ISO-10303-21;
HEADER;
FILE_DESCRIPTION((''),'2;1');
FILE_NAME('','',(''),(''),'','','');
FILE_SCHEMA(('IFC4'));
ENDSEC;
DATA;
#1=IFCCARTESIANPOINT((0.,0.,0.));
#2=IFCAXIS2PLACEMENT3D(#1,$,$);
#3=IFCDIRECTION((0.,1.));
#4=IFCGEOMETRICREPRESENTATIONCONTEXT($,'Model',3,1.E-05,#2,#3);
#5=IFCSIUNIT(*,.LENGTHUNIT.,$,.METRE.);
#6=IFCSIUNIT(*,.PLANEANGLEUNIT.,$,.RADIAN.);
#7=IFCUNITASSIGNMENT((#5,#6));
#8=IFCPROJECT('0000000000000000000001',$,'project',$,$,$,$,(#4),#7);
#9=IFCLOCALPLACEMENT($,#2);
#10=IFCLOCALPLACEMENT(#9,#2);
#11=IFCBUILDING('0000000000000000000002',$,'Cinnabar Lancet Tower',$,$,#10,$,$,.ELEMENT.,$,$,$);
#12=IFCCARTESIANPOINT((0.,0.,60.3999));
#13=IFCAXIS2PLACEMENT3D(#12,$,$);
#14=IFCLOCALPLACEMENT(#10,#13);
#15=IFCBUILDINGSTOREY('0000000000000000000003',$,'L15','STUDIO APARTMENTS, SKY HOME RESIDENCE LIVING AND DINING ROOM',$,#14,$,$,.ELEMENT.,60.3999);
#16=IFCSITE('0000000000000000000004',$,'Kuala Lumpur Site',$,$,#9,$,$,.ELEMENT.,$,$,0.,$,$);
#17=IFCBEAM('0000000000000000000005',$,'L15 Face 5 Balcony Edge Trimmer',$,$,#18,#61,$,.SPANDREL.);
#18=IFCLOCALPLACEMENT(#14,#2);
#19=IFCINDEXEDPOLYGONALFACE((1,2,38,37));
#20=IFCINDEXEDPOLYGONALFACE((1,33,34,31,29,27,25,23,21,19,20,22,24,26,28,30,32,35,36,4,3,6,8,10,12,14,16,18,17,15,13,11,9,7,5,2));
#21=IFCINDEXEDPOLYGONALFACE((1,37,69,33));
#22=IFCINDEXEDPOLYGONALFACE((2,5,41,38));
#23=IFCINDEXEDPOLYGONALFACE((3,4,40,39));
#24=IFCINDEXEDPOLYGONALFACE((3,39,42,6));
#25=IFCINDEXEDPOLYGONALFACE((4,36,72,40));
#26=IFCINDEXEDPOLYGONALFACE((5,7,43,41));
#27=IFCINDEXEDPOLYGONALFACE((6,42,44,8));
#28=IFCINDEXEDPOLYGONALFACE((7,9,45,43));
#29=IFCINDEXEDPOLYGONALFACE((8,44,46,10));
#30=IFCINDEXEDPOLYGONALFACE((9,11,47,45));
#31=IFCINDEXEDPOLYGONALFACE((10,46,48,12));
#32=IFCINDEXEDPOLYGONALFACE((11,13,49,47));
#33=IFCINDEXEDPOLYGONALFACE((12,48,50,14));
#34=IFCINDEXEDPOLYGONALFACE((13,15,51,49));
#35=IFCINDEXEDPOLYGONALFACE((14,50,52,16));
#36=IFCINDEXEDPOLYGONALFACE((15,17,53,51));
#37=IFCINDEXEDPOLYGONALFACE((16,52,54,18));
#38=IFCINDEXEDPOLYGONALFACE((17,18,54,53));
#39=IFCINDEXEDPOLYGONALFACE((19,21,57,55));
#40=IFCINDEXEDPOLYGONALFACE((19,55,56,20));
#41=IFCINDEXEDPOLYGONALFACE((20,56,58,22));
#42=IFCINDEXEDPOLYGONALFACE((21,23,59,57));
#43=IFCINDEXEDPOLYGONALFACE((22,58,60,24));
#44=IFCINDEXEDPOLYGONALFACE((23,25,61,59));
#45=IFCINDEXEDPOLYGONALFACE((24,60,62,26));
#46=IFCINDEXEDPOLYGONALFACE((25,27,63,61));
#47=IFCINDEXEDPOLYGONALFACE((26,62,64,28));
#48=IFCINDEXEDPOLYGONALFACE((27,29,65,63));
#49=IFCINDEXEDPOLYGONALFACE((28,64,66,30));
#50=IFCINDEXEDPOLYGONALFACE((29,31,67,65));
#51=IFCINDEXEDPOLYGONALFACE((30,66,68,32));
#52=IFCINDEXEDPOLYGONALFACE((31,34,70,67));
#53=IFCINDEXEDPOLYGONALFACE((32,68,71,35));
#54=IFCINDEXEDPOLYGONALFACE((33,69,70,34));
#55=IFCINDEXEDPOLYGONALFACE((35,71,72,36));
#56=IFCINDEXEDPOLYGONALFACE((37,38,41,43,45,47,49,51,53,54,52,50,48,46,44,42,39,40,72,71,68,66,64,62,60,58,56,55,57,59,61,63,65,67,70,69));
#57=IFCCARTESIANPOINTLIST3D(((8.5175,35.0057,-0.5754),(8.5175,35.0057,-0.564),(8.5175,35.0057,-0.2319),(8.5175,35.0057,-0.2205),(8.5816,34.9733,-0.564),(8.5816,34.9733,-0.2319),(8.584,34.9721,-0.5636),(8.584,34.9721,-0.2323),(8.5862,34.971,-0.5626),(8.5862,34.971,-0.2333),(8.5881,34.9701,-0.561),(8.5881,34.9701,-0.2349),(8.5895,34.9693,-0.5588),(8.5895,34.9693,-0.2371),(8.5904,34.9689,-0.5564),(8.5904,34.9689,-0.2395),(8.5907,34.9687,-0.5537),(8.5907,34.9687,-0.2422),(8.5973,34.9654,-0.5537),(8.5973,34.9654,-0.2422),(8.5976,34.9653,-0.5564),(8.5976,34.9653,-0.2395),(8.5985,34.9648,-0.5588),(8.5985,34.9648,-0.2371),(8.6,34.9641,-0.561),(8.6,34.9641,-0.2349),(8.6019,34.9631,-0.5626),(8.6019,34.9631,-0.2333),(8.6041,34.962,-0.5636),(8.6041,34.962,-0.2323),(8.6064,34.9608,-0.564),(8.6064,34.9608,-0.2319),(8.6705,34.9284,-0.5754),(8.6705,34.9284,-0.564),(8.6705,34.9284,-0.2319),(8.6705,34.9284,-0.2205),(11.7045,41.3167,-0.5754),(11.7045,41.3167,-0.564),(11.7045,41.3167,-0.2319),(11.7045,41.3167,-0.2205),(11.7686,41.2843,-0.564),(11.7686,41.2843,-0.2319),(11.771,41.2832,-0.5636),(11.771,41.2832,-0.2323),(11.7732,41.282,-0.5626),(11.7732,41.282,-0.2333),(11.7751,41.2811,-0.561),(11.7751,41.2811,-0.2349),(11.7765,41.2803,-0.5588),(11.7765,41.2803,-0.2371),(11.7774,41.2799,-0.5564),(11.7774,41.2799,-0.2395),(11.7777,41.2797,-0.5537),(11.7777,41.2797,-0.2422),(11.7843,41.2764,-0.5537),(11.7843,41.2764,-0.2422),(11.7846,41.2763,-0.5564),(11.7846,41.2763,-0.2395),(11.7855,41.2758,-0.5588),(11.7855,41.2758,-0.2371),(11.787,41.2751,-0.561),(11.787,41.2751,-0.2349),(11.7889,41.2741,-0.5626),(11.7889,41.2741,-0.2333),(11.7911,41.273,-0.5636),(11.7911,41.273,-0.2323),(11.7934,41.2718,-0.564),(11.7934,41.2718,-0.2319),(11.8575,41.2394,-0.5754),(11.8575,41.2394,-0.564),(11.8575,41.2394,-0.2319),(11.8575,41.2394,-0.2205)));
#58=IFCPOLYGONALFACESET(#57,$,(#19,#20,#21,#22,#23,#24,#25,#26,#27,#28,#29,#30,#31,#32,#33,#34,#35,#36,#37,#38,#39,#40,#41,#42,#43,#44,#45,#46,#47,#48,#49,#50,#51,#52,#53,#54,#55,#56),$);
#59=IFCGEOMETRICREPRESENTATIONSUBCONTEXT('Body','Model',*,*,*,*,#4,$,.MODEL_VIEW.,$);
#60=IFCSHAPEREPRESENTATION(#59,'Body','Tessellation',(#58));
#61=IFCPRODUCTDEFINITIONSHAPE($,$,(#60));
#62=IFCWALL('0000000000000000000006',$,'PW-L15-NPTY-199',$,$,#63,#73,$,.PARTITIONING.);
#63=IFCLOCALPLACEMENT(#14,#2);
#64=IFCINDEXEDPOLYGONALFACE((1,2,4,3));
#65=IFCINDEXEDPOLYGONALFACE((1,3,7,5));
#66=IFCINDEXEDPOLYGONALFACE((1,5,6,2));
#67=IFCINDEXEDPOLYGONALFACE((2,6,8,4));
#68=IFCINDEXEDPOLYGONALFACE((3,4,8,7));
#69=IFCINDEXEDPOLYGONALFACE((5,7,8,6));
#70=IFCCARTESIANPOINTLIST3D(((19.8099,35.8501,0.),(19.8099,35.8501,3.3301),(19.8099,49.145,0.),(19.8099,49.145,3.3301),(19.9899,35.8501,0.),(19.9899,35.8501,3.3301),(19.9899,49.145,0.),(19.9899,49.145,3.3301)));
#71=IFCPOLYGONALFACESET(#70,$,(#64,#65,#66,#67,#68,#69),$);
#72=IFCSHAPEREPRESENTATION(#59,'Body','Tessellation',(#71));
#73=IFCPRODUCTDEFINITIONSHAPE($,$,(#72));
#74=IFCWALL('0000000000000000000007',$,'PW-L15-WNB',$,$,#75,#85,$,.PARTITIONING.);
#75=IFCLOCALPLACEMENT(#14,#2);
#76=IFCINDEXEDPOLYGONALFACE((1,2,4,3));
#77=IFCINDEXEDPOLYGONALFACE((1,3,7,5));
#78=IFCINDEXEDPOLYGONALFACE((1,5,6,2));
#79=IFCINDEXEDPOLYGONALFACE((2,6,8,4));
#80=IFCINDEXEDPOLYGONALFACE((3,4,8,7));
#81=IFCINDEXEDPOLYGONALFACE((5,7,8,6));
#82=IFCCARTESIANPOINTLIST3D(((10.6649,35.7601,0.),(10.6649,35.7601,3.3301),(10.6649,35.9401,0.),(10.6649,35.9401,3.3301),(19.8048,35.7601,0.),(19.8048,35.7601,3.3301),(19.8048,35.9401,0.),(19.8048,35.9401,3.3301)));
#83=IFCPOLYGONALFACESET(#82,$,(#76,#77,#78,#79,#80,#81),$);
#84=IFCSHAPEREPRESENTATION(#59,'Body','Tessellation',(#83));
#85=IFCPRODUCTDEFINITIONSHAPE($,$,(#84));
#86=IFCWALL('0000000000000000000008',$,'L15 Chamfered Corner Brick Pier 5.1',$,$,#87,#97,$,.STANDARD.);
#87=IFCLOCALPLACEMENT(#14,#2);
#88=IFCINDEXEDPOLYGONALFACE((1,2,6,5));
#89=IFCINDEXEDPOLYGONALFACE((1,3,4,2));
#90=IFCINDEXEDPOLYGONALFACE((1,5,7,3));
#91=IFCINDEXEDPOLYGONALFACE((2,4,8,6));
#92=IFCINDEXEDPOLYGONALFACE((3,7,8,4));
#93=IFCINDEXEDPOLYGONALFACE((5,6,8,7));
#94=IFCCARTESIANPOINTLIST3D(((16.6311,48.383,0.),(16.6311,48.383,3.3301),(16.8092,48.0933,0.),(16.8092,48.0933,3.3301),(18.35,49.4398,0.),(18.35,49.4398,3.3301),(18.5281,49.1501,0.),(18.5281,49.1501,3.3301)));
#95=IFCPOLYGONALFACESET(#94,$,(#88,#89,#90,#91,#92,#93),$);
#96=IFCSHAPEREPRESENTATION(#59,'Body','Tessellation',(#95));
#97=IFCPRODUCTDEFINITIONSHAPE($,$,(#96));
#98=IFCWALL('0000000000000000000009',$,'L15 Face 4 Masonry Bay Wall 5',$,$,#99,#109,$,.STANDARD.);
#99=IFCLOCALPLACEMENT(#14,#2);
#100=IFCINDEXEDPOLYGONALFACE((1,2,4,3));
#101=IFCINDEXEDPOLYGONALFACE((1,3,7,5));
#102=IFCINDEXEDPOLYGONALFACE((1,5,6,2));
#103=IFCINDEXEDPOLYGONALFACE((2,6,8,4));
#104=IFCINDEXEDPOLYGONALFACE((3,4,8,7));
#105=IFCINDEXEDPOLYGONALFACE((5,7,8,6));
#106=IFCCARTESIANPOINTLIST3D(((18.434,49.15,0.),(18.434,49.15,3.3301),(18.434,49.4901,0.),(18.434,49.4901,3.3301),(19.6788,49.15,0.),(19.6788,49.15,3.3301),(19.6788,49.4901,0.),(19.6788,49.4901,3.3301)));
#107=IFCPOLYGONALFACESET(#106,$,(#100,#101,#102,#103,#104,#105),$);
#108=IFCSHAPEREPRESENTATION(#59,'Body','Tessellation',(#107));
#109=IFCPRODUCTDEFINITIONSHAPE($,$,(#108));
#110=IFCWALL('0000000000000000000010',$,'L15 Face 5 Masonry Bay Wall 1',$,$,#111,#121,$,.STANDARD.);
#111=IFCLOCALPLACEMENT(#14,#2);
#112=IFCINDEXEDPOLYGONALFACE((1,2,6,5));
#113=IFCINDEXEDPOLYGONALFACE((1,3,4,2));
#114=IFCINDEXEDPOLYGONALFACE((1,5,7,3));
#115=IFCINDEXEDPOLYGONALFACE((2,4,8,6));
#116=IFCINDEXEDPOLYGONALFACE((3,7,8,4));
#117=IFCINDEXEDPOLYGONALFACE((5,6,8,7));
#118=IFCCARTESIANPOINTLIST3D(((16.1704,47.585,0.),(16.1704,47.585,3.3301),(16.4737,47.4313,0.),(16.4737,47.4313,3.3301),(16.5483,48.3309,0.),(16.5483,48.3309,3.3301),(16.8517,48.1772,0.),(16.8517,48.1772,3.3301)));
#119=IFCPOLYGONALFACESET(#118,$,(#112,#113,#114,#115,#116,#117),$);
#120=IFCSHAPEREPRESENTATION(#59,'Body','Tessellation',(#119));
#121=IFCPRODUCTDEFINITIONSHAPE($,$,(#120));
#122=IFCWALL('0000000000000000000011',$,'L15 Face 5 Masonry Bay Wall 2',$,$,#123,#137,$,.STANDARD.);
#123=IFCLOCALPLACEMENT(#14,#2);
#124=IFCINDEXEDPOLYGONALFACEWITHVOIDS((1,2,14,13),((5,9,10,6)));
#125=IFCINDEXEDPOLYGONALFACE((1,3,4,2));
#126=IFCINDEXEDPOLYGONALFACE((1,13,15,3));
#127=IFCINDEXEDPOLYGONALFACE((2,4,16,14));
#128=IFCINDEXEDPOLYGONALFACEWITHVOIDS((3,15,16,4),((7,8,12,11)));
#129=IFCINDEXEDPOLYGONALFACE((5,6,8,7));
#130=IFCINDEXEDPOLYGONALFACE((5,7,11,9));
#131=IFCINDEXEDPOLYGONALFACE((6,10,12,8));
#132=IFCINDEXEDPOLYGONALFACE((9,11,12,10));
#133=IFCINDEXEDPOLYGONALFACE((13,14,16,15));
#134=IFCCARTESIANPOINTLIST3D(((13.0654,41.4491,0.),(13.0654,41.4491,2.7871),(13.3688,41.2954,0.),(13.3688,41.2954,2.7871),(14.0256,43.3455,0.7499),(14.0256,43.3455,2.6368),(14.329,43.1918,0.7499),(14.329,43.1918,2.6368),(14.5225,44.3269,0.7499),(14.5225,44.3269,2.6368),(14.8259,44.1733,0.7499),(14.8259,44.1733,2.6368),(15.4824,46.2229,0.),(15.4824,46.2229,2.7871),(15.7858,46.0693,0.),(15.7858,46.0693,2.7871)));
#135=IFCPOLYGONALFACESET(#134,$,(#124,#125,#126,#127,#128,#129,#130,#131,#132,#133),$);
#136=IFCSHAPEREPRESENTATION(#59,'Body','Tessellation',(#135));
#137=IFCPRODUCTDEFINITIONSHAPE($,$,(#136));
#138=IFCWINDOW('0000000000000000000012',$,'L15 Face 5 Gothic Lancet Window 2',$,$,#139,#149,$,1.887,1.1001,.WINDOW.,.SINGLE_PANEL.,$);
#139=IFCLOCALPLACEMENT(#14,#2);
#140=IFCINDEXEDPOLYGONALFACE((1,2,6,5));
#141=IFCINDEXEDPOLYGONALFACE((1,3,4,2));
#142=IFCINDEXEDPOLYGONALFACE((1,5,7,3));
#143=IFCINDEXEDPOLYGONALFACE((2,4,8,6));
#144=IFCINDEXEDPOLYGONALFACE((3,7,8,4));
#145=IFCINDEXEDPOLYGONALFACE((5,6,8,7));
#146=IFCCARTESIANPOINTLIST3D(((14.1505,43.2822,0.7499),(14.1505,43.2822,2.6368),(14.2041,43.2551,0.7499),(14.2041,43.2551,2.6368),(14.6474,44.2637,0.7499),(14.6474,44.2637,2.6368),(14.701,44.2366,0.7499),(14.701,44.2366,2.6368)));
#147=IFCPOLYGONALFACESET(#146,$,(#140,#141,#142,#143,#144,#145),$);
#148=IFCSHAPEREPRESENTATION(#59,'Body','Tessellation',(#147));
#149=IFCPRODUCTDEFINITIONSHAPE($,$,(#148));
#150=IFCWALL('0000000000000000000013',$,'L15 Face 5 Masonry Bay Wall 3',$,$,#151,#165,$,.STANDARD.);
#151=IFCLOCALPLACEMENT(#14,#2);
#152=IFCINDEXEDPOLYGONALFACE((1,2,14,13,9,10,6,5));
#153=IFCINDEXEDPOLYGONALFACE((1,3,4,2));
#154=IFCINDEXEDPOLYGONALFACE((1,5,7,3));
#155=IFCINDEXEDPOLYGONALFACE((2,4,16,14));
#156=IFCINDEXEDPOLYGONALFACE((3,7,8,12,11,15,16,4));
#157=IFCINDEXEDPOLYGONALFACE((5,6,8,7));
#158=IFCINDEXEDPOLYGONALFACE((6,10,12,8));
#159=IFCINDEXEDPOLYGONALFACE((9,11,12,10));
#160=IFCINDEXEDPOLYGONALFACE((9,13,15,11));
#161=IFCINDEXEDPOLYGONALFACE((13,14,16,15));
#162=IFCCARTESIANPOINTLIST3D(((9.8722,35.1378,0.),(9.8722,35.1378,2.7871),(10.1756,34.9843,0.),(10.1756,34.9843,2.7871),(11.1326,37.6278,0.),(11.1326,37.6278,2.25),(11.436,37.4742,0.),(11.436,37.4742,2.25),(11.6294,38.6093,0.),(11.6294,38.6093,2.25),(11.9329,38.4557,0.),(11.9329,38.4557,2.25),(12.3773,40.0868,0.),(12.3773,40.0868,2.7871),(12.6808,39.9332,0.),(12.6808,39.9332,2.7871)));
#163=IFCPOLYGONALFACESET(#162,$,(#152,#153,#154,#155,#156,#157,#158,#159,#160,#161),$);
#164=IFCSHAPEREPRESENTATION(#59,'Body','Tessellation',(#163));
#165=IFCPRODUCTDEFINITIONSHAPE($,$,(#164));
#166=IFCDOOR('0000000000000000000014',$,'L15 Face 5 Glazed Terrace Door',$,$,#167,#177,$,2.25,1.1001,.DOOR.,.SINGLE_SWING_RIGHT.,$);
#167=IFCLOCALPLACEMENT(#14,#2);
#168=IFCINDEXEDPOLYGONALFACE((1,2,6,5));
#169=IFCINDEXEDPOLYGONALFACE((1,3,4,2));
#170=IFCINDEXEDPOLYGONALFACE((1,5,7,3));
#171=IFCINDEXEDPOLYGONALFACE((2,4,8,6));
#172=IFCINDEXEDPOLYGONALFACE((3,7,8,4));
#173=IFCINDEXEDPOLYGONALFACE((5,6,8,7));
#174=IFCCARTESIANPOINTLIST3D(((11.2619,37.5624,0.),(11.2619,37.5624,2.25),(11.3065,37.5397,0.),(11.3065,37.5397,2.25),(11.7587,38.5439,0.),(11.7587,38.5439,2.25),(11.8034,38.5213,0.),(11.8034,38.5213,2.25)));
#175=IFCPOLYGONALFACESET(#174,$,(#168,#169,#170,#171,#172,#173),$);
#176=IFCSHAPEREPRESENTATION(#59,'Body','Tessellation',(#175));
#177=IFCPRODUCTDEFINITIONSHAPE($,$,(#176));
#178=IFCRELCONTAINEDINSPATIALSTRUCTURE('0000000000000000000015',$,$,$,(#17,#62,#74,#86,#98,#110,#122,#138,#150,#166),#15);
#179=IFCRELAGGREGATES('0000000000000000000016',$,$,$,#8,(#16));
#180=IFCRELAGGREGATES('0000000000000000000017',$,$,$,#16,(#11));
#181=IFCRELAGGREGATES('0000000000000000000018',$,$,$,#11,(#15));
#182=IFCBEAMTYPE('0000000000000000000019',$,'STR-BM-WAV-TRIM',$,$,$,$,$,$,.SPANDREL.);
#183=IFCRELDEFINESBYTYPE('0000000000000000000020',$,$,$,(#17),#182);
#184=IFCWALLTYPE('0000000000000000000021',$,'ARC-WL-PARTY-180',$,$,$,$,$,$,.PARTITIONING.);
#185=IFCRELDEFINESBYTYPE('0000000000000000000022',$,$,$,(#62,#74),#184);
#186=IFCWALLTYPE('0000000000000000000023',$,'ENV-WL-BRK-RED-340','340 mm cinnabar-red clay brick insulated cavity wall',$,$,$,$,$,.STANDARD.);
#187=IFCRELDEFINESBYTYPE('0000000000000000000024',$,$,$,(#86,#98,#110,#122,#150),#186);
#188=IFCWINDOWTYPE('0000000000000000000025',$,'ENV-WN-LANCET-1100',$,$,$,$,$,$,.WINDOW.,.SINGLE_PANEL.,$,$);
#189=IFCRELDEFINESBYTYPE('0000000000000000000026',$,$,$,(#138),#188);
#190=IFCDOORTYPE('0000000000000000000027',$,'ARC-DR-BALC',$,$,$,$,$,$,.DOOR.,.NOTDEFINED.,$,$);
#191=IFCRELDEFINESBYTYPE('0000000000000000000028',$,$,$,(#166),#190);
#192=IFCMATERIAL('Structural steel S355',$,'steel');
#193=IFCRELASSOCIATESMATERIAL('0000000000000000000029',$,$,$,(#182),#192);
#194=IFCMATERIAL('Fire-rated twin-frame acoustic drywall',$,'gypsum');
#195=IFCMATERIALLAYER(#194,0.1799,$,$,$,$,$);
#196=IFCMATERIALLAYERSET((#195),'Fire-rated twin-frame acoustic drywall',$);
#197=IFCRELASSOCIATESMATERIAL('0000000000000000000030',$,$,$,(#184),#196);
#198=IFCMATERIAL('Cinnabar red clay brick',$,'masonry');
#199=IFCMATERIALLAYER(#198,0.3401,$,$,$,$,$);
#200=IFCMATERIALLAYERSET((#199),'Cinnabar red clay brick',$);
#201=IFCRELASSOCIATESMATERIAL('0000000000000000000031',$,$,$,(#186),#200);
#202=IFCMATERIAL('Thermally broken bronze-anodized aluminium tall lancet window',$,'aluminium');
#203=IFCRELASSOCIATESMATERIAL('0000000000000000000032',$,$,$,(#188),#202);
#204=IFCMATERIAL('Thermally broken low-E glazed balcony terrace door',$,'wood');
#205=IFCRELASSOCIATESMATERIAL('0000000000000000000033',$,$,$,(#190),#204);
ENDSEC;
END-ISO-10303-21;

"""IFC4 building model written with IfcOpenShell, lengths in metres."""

from ifc_helpers import new_model, si_unit, direction, frame, frame_2d, origin, origin_2d, place, context, subcontext, project, spatial, rectangle, i_section, extrude, material, layer, layer_set, material_profile, profile_set, type_object, element, fill, save


model = new_model("IFC4")

# Units and contexts
model_context = context("Model", 3, precision=1e-05, world=origin(), true_north=direction((0.0, 1.0)))
body_context = subcontext(model_context, "Body", "Model", "MODEL_VIEW")
ifc_project = project(units=[si_unit("LENGTHUNIT", "METRE"), si_unit("PLANEANGLEUNIT", "RADIAN")], contexts=[model_context])

# Site, building, storey
site_placement = place(None, origin())
site = spatial("IfcSite", under=ifc_project, at=site_placement, Name="Kuala Lumpur Site", CompositionType="ELEMENT", RefElevation=0.0)
building_placement = place(site_placement, origin())
building = spatial("IfcBuilding", under=site, at=building_placement, Name="Cinnabar Lancet Tower", CompositionType="ELEMENT")
storey_placement = place(building_placement, frame((0.0, 0.0, 60.3999)))
storey = spatial("IfcBuildingStorey", under=building, at=storey_placement, Name="L15", Description="STUDIO APARTMENTS, SKY HOME RESIDENCE LIVING AND DINING ROOM", CompositionType="ELEMENT", Elevation=60.3999)

# Beam
ifc_material_1 = material(Name="Structural steel S355", Category="steel")
ifc_material_profile_1 = material_profile(ifc_material_1, i_section(OverallWidth=0.1714, OverallDepth=0.355, WebThickness=0.0073, FlangeThickness=0.0115, FilletRadius=0.0103, at=origin_2d()), Name="UKB 356x171x51")
ifc_profile_set_1 = profile_set([ifc_material_profile_1], Name="Structural steel S355")
beam_type_1 = type_object("IfcBeamType", Name="STR-BM-WAV-TRIM", PredefinedType="SPANDREL", material=ifc_profile_set_1)
beam_1_placement = place(storey_placement, frame((11.781, 41.2781, -0.3979), z_axis=(-0.450774, -0.892638, 0.0), x_axis=(0.892638, -0.450774, 0.0)))
element("IfcBeam", 1, at=beam_1_placement, inside=storey, type_object=beam_type_1, Name="L15 Face 5 Balcony Edge Trimmer", PredefinedType="SPANDREL", context=body_context, shape_type="SweptSolid", body=[
    extrude(i_section(OverallWidth=0.1714, OverallDepth=0.355, WebThickness=0.0073, FlangeThickness=0.0115, FilletRadius=0.0103, at=origin_2d()), origin(), (0.0, 0.0, 1.0), 7.0701),
])

# Walls
ifc_material_2 = material(Name="Fire-rated twin-frame acoustic drywall", Category="gypsum")
ifc_layer_1 = layer(ifc_material_2, 0.1799)
ifc_layer_set_1 = layer_set([ifc_layer_1], Name="Fire-rated twin-frame acoustic drywall")
wall_type_1 = type_object("IfcWallType", Name="ARC-WL-PARTY-180", PredefinedType="PARTITIONING", material=ifc_layer_set_1)
wall_1_placement = place(storey_placement, frame((19.8999, 35.8501, 0.0), z_axis=(0.0, 0.0, 1.0), x_axis=(0.0, 1.0, 0.0)))
element("IfcWall", 2, at=wall_1_placement, inside=storey, type_object=wall_type_1, Name="PW-L15-NPTY-199", PredefinedType="PARTITIONING", context=body_context, shape_type="SweptSolid", body=[
    extrude(rectangle(XDim=13.2949, YDim=0.1799, at=frame_2d((6.6475, 0.0))), origin(), (0.0, 0.0, 1.0), 3.3301),
])
wall_2_placement = place(storey_placement, frame((10.665, 35.8501, 0.0), z_axis=(0.0, 0.0, 1.0), x_axis=(1.0, 0.0, 0.0)))
element("IfcWall", 3, at=wall_2_placement, inside=storey, type_object=wall_type_1, Name="PW-L15-WNB", PredefinedType="PARTITIONING", context=body_context, shape_type="SweptSolid", body=[
    extrude(rectangle(XDim=9.1399, YDim=0.1799, at=frame_2d((4.5698, 0.0))), origin(), (0.0, 0.0, 1.0), 3.3301),
])
ifc_material_3 = material(Name="Cinnabar red clay brick", Category="masonry")
ifc_layer_2 = layer(ifc_material_3, 0.3401)
ifc_layer_set_2 = layer_set([ifc_layer_2], Name="Cinnabar red clay brick")
wall_type_2 = type_object("IfcWallType", Name="ENV-WL-BRK-RED-340", Description="340 mm cinnabar-red clay brick insulated cavity wall", PredefinedType="STANDARD", material=ifc_layer_set_2)
wall_3_placement = place(storey_placement, frame((18.439, 49.2949, 0.0), z_axis=(0.0, 0.0, 1.0), x_axis=(-0.85187, -0.523753, 0.0)))
element("IfcWall", 4, at=wall_3_placement, inside=storey, type_object=wall_type_2, Name="L15 Chamfered Corner Brick Pier 5.1", PredefinedType="STANDARD", context=body_context, shape_type="SweptSolid", body=[
    extrude(rectangle(XDim=2.0178, YDim=0.3401, at=frame_2d((1.0088, 0.0))), origin(), (0.0, 0.0, 1.0), 3.3301),
])
wall_4_placement = place(storey_placement, frame((19.679, 49.3201, 0.0), z_axis=(0.0, 0.0, 1.0), x_axis=(-1.0, 0.0, 0.0)))
element("IfcWall", 5, at=wall_4_placement, inside=storey, type_object=wall_type_2, Name="L15 Face 4 Masonry Bay Wall 5", PredefinedType="STANDARD", context=body_context, shape_type="SweptSolid", body=[
    extrude(rectangle(XDim=1.2449, YDim=0.3401, at=frame_2d((0.6226, 0.0))), origin(), (0.0, 0.0, 1.0), 3.3301),
])
wall_5_placement = place(storey_placement, frame((16.7, 48.2539, 0.0), z_axis=(0.0, 0.0, 1.0), x_axis=(-0.451996, -0.89202, 0.0)))
element("IfcWall", 6, at=wall_5_placement, inside=storey, type_object=wall_type_2, Name="L15 Face 5 Masonry Bay Wall 1", PredefinedType="STANDARD", context=body_context, shape_type="SweptSolid", body=[
    extrude(rectangle(XDim=0.8362, YDim=0.3401, at=frame_2d((0.418, 0.0))), origin(), (0.0, 0.0, 1.0), 3.3301),
])

# Wall, opening, window
wall_6_placement = place(storey_placement, frame((15.634, 46.146, 0.0), z_axis=(0.0, 0.0, 1.0), x_axis=(-0.451698, -0.892171, 0.0)))
wall_6 = element("IfcWall", 7, at=wall_6_placement, inside=storey, type_object=wall_type_2, Name="L15 Face 5 Masonry Bay Wall 2", PredefinedType="STANDARD", context=body_context, shape_type="SweptSolid", body=[
    extrude(rectangle(XDim=5.3508, YDim=0.3401, at=frame_2d((2.6753, 0.0))), origin(), (0.0, 0.0, 1.0), 2.7871),
])
opening_1_placement = place(wall_6_placement, frame((2.125, 0.0, 0.75)))
opening_1 = element("IfcOpeningElement", 8, at=opening_1_placement, cuts=wall_6, PredefinedType="OPENING", context=body_context, shape_type="SweptSolid", body=[
    extrude(rectangle(XDim=1.1001, YDim=1.887, at=frame_2d((0.55, 0.9434))), frame((0.0, 0.1799, 0.0), z_axis=(0.0, -1.0, 0.0), x_axis=(1.0, 0.0, 0.0)), (0.0, 0.0, 1.0), 0.3601),
])
ifc_material_4 = material(Name="Thermally broken bronze-anodized aluminium tall lancet window", Category="aluminium")
window_type = type_object("IfcWindowType", Name="ENV-WN-LANCET-1100", PartitioningType="SINGLE_PANEL", PredefinedType="WINDOW", material=ifc_material_4)
window_placement = place(opening_1_placement, origin())
window = element("IfcWindow", 9, at=window_placement, inside=storey, type_object=window_type, Name="L15 Face 5 Gothic Lancet Window 2", OverallHeight=1.887, OverallWidth=1.1001, PartitioningType="SINGLE_PANEL", PredefinedType="WINDOW", context=body_context, shape_type="SweptSolid", body=[
    extrude(rectangle(XDim=1.1001, YDim=1.887, at=frame_2d((0.55, 0.9434))), frame((0.0, 0.03, 0.0), z_axis=(0.0, -1.0, 0.0), x_axis=(1.0, 0.0, 0.0)), (0.0, 0.0, 1.0), 0.0601),
])
fill(opening_1, window)

# Wall, opening, door
wall_7_placement = place(storey_placement, frame((12.5291, 40.01, 0.0), z_axis=(0.0, 0.0, 1.0), x_axis=(-0.451627, -0.892207, 0.0)))
wall_7 = element("IfcWall", 10, at=wall_7_placement, inside=storey, type_object=wall_type_2, Name="L15 Face 5 Masonry Bay Wall 3", PredefinedType="STANDARD", context=body_context, shape_type="SweptSolid", body=[
    extrude(rectangle(XDim=5.5469, YDim=0.3401, at=frame_2d((2.7734, 0.0))), origin(), (0.0, 0.0, 1.0), 2.7871),
])
opening_2_placement = place(wall_7_placement, frame((1.656, 0.0, 0.0)))
opening_2 = element("IfcOpeningElement", 11, at=opening_2_placement, cuts=wall_7, PredefinedType="OPENING", context=body_context, shape_type="SweptSolid", body=[
    extrude(rectangle(XDim=1.1001, YDim=2.25, at=frame_2d((0.55, 1.125))), frame((0.0, 0.1799, 0.0), z_axis=(0.0, -1.0, 0.0), x_axis=(1.0, 0.0, 0.0)), (0.0, 0.0, 1.0), 0.3601),
])
ifc_material_5 = material(Name="Thermally broken low-E glazed balcony terrace door", Category="wood")
door_type = type_object("IfcDoorType", Name="ARC-DR-BALC", OperationType="NOTDEFINED", PredefinedType="DOOR", material=ifc_material_5)
door_placement = place(opening_2_placement, origin())
door = element("IfcDoor", 12, at=door_placement, inside=storey, type_object=door_type, Name="L15 Face 5 Glazed Terrace Door", OperationType="SINGLE_SWING_RIGHT", OverallHeight=2.25, OverallWidth=1.1001, PredefinedType="DOOR", context=body_context, shape_type="SweptSolid", body=[
    extrude(rectangle(XDim=1.1001, YDim=2.25, at=frame_2d((0.55, 1.125))), frame((0.0, 0.0249, 0.0), z_axis=(0.0, -1.0, 0.0), x_axis=(1.0, 0.0, 0.0)), (0.0, 0.0, 1.0), 0.05),
])
fill(opening_2, door)

save(model, "model.ifc")
